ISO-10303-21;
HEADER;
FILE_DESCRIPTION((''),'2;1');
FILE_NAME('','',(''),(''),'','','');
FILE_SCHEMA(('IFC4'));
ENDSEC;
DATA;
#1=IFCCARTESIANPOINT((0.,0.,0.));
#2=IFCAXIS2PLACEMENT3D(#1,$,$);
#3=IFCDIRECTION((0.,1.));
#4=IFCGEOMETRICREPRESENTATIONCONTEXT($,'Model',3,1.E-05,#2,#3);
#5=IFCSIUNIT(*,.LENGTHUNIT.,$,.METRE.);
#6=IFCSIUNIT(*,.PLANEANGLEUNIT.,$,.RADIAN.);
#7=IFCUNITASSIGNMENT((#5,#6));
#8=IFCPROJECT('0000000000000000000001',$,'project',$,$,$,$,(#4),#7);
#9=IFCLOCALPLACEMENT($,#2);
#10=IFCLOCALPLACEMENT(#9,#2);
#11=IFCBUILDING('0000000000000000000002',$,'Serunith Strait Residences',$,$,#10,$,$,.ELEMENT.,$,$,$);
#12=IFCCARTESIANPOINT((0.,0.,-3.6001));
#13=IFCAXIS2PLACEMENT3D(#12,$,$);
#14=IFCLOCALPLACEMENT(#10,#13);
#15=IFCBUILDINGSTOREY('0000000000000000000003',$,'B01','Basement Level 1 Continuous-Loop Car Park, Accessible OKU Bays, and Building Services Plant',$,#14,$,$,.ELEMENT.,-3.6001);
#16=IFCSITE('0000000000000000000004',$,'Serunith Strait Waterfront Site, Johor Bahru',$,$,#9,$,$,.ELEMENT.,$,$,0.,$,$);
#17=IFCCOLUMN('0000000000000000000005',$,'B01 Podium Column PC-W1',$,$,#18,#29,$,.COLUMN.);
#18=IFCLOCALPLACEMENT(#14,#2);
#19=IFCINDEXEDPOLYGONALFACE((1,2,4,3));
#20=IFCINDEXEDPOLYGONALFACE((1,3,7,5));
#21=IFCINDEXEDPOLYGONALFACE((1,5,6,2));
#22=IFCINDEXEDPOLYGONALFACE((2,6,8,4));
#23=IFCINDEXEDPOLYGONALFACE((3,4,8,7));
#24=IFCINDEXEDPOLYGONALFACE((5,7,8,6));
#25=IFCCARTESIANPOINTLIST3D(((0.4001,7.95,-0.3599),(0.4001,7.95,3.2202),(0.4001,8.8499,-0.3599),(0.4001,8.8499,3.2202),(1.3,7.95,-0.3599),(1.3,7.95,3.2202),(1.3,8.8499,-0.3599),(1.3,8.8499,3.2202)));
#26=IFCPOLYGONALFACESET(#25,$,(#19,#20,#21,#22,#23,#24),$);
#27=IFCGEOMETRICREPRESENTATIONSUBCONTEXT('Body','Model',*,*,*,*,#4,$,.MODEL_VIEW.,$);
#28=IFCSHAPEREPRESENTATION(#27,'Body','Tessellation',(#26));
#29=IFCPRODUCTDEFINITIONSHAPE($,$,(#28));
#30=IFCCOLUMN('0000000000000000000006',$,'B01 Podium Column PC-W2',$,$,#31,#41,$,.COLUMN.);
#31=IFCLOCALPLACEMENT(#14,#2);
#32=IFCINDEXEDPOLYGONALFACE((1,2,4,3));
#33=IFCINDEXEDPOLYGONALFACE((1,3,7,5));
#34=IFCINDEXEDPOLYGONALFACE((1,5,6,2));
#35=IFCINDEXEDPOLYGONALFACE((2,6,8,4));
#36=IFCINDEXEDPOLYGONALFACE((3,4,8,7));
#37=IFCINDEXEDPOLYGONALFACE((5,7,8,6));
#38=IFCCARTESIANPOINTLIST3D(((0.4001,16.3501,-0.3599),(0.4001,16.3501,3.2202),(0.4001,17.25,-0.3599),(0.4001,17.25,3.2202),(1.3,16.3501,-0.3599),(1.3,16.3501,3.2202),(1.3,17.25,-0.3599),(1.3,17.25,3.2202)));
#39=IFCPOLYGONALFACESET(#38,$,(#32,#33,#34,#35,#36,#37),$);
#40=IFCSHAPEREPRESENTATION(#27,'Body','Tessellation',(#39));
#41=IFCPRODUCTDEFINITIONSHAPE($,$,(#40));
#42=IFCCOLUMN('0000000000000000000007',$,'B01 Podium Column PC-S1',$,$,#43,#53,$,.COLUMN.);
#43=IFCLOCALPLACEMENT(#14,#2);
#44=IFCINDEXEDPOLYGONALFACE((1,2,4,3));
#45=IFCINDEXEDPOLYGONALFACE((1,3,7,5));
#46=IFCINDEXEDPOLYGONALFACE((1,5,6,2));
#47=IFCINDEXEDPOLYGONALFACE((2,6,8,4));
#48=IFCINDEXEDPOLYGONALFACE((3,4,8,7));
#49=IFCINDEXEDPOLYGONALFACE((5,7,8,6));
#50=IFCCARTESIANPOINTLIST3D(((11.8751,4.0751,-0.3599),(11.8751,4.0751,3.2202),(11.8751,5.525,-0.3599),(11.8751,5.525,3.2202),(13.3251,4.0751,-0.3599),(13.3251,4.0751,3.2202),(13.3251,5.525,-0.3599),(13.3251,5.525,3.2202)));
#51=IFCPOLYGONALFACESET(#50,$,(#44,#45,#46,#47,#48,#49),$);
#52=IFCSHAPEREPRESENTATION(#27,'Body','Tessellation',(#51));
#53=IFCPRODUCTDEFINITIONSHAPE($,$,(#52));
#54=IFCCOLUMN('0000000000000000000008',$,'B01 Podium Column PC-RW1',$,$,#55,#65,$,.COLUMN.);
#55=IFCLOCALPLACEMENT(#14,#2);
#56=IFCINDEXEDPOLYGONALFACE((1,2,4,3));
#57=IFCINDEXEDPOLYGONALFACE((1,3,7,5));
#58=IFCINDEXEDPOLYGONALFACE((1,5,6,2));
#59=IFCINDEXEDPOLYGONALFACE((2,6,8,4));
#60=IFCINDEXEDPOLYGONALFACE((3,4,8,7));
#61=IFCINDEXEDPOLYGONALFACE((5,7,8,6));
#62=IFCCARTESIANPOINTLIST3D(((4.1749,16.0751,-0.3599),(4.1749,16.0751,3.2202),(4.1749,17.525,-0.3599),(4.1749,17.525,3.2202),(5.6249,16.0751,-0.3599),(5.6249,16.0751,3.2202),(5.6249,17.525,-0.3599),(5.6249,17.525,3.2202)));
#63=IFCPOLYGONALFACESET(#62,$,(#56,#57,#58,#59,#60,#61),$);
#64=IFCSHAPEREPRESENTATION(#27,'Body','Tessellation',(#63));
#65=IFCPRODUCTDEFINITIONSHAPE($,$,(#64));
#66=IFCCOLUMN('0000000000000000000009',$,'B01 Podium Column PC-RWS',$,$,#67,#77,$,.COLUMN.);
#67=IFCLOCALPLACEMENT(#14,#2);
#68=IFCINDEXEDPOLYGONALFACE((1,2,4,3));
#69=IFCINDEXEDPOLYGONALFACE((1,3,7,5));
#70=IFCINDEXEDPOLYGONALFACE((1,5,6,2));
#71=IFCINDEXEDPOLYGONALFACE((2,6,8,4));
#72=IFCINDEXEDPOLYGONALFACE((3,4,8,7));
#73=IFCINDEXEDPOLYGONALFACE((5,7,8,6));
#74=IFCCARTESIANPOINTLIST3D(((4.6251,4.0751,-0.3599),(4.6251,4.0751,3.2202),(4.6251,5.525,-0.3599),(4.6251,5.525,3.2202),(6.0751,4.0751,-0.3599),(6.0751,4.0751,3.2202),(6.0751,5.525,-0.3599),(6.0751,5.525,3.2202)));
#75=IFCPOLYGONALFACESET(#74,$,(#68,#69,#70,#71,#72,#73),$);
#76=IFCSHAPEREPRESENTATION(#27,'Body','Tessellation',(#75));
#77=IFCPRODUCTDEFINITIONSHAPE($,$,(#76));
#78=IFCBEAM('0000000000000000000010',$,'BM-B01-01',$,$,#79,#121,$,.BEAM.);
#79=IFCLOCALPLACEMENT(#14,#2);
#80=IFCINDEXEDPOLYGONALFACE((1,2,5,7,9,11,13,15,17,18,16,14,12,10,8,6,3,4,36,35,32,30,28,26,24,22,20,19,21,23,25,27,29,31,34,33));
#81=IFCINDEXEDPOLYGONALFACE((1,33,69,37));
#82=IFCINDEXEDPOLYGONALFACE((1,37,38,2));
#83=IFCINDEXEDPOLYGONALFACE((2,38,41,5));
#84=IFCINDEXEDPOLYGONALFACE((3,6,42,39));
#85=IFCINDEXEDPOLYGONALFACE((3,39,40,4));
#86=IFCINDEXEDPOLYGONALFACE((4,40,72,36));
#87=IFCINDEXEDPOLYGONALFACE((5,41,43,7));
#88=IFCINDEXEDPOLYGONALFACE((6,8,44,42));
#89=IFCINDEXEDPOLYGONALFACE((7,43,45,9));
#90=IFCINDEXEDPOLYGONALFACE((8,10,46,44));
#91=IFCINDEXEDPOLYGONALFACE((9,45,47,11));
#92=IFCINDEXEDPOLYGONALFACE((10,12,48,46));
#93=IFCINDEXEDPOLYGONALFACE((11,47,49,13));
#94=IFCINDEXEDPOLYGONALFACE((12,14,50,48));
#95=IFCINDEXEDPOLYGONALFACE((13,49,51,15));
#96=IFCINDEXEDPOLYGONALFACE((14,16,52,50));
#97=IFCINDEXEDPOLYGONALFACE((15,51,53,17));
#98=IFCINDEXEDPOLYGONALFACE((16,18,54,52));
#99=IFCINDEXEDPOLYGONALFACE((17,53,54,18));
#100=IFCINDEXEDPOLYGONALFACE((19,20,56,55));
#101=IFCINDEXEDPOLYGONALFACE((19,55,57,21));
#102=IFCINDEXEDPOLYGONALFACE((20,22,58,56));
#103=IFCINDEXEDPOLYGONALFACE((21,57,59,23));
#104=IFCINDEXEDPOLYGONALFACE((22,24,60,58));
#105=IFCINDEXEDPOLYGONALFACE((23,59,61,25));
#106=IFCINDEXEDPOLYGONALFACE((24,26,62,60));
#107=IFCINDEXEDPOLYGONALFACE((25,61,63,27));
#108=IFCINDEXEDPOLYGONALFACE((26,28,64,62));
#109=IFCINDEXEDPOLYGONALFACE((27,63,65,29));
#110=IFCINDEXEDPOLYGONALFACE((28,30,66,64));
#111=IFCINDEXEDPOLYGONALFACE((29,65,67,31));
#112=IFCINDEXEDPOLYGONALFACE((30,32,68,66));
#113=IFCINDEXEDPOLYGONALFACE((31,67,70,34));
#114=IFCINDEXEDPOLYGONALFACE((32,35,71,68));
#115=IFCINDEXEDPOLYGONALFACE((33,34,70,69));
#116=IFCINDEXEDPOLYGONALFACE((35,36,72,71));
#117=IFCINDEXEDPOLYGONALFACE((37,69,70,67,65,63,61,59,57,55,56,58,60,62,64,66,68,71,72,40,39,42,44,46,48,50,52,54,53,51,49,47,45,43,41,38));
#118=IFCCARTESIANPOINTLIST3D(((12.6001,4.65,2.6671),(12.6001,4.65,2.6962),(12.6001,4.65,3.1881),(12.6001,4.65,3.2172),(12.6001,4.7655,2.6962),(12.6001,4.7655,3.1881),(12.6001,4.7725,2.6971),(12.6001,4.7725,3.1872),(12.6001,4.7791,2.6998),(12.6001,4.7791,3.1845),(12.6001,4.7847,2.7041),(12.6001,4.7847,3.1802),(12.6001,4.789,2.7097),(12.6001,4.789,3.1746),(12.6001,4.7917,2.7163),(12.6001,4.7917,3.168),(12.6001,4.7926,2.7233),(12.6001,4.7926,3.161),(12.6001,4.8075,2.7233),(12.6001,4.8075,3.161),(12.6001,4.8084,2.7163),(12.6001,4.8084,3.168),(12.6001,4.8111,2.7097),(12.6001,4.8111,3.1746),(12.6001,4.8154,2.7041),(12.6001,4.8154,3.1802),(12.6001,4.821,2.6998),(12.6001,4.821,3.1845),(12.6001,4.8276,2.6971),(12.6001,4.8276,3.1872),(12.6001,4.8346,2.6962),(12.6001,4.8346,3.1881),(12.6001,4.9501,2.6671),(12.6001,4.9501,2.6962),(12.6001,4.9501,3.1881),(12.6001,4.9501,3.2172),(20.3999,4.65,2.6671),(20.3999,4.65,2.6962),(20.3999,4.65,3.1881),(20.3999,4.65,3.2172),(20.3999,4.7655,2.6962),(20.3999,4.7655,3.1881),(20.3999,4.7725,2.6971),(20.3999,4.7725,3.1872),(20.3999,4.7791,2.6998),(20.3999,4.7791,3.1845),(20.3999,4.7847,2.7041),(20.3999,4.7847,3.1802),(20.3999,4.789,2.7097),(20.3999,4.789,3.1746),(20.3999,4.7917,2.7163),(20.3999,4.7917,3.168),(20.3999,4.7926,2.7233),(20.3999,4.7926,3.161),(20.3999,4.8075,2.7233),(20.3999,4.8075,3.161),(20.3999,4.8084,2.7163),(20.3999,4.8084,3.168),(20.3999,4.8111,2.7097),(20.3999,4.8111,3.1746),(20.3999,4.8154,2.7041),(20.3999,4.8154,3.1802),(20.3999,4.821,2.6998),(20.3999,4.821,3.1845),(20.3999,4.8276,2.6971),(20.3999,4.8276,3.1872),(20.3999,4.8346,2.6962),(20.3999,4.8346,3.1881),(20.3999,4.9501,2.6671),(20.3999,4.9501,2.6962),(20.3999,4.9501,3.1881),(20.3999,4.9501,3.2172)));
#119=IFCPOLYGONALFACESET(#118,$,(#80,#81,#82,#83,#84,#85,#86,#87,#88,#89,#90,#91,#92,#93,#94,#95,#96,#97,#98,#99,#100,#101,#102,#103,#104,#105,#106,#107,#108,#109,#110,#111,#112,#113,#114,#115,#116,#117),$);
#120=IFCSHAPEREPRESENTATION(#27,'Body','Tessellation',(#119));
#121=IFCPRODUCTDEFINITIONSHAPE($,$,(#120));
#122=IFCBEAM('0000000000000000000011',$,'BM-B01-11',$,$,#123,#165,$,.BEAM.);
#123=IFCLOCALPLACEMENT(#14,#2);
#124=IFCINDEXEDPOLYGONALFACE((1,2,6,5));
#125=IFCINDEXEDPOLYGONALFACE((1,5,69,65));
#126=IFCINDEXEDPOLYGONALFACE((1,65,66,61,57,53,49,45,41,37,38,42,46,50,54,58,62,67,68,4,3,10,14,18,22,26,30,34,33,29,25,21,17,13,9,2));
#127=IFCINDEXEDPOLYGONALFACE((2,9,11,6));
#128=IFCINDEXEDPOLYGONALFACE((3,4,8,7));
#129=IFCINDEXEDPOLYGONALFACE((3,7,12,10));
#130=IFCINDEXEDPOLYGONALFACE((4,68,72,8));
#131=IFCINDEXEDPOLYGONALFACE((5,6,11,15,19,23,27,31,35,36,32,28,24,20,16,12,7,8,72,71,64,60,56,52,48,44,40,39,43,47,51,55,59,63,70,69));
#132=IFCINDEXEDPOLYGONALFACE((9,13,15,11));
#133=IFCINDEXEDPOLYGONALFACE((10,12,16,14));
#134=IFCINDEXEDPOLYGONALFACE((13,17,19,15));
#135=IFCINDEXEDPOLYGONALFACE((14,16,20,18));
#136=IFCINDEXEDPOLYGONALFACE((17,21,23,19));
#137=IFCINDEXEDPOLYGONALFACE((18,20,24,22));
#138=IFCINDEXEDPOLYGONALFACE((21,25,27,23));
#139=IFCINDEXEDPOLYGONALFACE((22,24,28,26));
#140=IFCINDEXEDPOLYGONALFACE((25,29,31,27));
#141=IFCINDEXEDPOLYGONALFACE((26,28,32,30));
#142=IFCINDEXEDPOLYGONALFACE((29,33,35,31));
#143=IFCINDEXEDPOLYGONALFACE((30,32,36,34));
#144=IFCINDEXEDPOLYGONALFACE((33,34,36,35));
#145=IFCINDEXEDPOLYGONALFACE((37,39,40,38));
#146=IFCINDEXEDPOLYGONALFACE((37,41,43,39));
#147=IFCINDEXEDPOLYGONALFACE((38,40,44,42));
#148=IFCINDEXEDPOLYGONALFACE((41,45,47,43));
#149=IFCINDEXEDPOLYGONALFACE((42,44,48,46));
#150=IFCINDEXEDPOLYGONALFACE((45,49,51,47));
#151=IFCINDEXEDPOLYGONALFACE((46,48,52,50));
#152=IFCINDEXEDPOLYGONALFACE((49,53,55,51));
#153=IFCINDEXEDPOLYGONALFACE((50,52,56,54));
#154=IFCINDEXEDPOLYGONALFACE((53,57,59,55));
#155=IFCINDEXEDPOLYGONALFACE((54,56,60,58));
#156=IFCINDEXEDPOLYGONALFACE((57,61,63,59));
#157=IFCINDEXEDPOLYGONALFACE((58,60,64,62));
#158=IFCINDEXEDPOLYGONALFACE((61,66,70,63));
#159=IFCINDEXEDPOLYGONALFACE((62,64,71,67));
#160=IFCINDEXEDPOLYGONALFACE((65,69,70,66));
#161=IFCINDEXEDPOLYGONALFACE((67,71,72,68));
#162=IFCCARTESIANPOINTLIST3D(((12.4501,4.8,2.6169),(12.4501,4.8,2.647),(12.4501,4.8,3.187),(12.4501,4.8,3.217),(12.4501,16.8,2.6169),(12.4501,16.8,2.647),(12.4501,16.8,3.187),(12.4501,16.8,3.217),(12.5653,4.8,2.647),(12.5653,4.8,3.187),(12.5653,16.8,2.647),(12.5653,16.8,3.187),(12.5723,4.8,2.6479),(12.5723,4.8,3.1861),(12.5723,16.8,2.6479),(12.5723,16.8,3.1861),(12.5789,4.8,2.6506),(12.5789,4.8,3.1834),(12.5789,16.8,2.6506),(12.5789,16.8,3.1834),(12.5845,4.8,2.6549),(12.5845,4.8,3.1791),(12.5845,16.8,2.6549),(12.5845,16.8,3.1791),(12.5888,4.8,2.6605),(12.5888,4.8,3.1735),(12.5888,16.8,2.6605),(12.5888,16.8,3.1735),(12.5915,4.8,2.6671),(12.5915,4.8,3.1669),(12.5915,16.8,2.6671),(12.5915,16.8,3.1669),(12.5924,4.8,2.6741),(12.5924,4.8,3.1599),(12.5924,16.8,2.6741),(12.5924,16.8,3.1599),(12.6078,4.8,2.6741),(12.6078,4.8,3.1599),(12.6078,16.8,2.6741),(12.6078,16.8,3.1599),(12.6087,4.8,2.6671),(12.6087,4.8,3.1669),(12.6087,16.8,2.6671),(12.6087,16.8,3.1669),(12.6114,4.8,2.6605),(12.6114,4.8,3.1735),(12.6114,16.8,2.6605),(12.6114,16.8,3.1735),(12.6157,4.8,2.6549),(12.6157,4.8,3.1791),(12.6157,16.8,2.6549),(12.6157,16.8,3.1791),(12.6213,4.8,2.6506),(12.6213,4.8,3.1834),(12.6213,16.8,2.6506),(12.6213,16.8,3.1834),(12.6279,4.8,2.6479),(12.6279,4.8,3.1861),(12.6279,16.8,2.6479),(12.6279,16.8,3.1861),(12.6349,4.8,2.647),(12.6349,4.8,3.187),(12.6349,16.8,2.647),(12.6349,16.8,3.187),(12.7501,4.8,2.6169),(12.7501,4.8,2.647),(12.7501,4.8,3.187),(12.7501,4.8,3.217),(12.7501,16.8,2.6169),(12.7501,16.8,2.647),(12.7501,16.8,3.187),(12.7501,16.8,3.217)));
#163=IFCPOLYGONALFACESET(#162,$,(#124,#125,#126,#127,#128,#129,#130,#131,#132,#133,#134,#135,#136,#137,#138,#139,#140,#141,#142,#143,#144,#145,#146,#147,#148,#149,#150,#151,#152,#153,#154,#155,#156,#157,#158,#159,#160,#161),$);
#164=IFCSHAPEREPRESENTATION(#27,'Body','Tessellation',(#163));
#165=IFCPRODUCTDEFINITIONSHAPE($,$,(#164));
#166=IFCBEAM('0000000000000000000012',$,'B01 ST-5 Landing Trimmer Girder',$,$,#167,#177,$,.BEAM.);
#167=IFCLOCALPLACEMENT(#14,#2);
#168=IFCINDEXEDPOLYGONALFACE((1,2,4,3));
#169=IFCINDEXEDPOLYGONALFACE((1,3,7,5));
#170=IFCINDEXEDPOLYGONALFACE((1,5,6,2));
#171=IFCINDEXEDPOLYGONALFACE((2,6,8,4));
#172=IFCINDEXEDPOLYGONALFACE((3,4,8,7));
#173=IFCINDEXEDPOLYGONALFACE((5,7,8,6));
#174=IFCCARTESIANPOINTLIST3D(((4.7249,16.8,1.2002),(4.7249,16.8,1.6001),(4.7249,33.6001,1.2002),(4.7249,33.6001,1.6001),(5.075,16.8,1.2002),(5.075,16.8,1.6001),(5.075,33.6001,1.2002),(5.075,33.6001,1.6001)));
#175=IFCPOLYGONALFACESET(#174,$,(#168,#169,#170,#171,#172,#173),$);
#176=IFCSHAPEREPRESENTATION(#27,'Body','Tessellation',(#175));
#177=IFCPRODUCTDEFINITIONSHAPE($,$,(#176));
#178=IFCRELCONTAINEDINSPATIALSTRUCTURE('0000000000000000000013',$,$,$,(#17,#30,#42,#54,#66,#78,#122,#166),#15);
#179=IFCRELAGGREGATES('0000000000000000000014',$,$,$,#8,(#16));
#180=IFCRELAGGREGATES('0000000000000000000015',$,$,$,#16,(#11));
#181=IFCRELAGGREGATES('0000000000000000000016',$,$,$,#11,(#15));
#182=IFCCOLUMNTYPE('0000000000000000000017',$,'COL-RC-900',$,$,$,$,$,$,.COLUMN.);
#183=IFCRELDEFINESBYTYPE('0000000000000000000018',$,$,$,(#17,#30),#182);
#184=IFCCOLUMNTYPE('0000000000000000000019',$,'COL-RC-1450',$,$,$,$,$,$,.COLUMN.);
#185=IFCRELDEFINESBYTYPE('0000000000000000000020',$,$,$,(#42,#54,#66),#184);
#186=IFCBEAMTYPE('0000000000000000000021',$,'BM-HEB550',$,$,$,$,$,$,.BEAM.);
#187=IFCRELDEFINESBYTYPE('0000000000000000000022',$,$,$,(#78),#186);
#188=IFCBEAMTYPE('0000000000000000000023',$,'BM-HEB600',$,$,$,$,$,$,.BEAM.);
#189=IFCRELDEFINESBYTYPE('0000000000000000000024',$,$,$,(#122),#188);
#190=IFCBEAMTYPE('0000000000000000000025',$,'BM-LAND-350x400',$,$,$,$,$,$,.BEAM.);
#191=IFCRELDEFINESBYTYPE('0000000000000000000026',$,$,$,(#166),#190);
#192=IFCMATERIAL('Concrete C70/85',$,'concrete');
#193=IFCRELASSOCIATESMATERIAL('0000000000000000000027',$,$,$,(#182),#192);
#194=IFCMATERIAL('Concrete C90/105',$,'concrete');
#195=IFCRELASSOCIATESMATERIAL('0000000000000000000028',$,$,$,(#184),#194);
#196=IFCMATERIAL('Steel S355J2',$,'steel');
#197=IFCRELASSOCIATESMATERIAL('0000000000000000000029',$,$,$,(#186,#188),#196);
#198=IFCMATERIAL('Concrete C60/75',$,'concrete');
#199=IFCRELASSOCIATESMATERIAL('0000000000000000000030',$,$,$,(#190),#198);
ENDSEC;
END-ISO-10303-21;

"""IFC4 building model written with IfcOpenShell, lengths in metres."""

from ifc_helpers import new_model, si_unit, direction, frame, origin, origin_2d, place, context, subcontext, project, spatial, rectangle, i_section, extrude, source, transform, mapped, material, material_profile, profile_set, type_object, element, save


model = new_model("IFC4")

# Units and contexts
model_context = context("Model", 3, precision=1e-05, world=origin(), true_north=direction((0.0, 1.0)))
body_context = subcontext(model_context, "Body", "Model", "MODEL_VIEW")
ifc_project = project(units=[si_unit("LENGTHUNIT", "METRE"), si_unit("PLANEANGLEUNIT", "RADIAN")], contexts=[model_context])

# Site, building, storey
site_placement = place(None, origin())
site = spatial("IfcSite", under=ifc_project, at=site_placement, Name="Serunith Strait Waterfront Site, Johor Bahru", CompositionType="ELEMENT", RefElevation=0.0)
building_placement = place(site_placement, origin())
building = spatial("IfcBuilding", under=site, at=building_placement, Name="Serunith Strait Residences", CompositionType="ELEMENT")
storey_placement = place(building_placement, frame((0.0, 0.0, -3.6001)))
storey = spatial("IfcBuildingStorey", under=building, at=storey_placement, Name="B01", Description="Basement Level 1 Continuous-Loop Car Park, Accessible OKU Bays, and Building Services Plant", CompositionType="ELEMENT", Elevation=-3.6001)

# Columns
ifc_material_1 = material(Name="Concrete C70/85", Category="concrete")
ifc_material_profile_1 = material_profile(ifc_material_1, rectangle(XDim=0.8999, YDim=0.8999, at=origin_2d()), Name="RC 900x900")
ifc_profile_set_1 = profile_set([ifc_material_profile_1], Name="Concrete C70/85")
column_type_1 = type_object("IfcColumnType", Name="COL-RC-900", PredefinedType="COLUMN", material=ifc_profile_set_1)
shared_shape_1 = source(origin(), body_context, "Body", "SweptSolid", [
    extrude(rectangle(XDim=0.8999, YDim=0.8999, at=origin_2d()), origin(), (0.0, 0.0, 1.0), 3.5801),
])
for number, where, z_axis, x_axis, name in (
    (1, (0.8501, 8.3999, -0.3599), (0.0, 0.0, 1.0), (1.0, 0.0, 0.0), "B01 Podium Column PC-W1"),
    (2, (0.8501, 16.8, -0.3599), (0.0, 0.0, 1.0), (1.0, 0.0, 0.0), "B01 Podium Column PC-W2"),
):
    element("IfcColumn", number, at=place(storey_placement, frame(where, z_axis=z_axis, x_axis=x_axis)), inside=storey, type_object=column_type_1, Name=name, PredefinedType="COLUMN", context=body_context, shape_type="MappedRepresentation", body=[
        mapped(shared_shape_1, transform((0.0, 0.0, 0.0), scale=1.0)),
    ])
ifc_material_2 = material(Name="Concrete C90/105", Category="concrete")
ifc_material_profile_2 = material_profile(ifc_material_2, rectangle(XDim=1.45, YDim=1.45, at=origin_2d()), Name="RC 1450x1450")
ifc_profile_set_2 = profile_set([ifc_material_profile_2], Name="Concrete C90/105")
column_type_2 = type_object("IfcColumnType", Name="COL-RC-1450", PredefinedType="COLUMN", material=ifc_profile_set_2)
shared_shape_2 = source(origin(), body_context, "Body", "SweptSolid", [
    extrude(rectangle(XDim=1.45, YDim=1.45, at=origin_2d()), origin(), (0.0, 0.0, 1.0), 3.5801),
])
for number, where, z_axis, x_axis, name in (
    (3, (12.6001, 4.8, -0.3599), (0.0, 0.0, 1.0), (1.0, 0.0, 0.0), "B01 Podium Column PC-S1"),
    (4, (4.8999, 16.8, -0.3599), (0.0, 0.0, 1.0), (1.0, 0.0, 0.0), "B01 Podium Column PC-RW1"),
    (5, (5.3501, 4.8, -0.3599), (0.0, 0.0, 1.0), (1.0, 0.0, 0.0), "B01 Podium Column PC-RWS"),
):
    element("IfcColumn", number, at=place(storey_placement, frame(where, z_axis=z_axis, x_axis=x_axis)), inside=storey, type_object=column_type_2, Name=name, PredefinedType="COLUMN", context=body_context, shape_type="MappedRepresentation", body=[
        mapped(shared_shape_2, transform((0.0, 0.0, 0.0), scale=1.0)),
    ])

# Beams
ifc_material_3 = material(Name="Steel S355J2", Category="steel")
ifc_material_profile_3 = material_profile(ifc_material_3, i_section(OverallWidth=0.3, OverallDepth=0.55, WebThickness=0.0149, FlangeThickness=0.0291, FilletRadius=0.0271, at=origin_2d()), Name="HEB 550")
ifc_profile_set_3 = profile_set([ifc_material_profile_3], Name="Steel S355J2")
beam_type_1 = type_object("IfcBeamType", Name="BM-HEB550", PredefinedType="BEAM", material=ifc_profile_set_3)
shared_shape_3 = source(origin(), body_context, "Body", "SweptSolid", [
    extrude(i_section(OverallWidth=0.3, OverallDepth=0.55, WebThickness=0.0149, FlangeThickness=0.0291, FilletRadius=0.0271, at=origin_2d()), origin(), (0.0, 0.0, 1.0), 7.7998),
])
beam_1_placement = place(storey_placement, frame((12.6001, 4.8, 2.9421), z_axis=(1.0, 0.0, 0.0), x_axis=(0.0, 1.0, 0.0)))
element("IfcBeam", 6, at=beam_1_placement, inside=storey, type_object=beam_type_1, Name="BM-B01-01", PredefinedType="BEAM", context=body_context, shape_type="MappedRepresentation", body=[
    mapped(shared_shape_3, transform((0.0, 0.0, 0.0), scale=1.0)),
])
ifc_material_profile_4 = material_profile(ifc_material_3, i_section(OverallWidth=0.3, OverallDepth=0.6001, WebThickness=0.0154, FlangeThickness=0.03, FilletRadius=0.0271, at=origin_2d()), Name="HEB 600")
ifc_profile_set_4 = profile_set([ifc_material_profile_4], Name="Steel S355J2")
beam_type_2 = type_object("IfcBeamType", Name="BM-HEB600", PredefinedType="BEAM", material=ifc_profile_set_4)
shared_shape_4 = source(origin(), body_context, "Body", "SweptSolid", [
    extrude(i_section(OverallWidth=0.3, OverallDepth=0.6001, WebThickness=0.0154, FlangeThickness=0.03, FilletRadius=0.0271, at=origin_2d()), origin(), (0.0, 0.0, 1.0), 12.0),
])
beam_2_placement = place(storey_placement, frame((12.6001, 4.8, 2.917), z_axis=(0.0, 1.0, 0.0), x_axis=(-1.0, 0.0, 0.0)))
element("IfcBeam", 7, at=beam_2_placement, inside=storey, type_object=beam_type_2, Name="BM-B01-11", PredefinedType="BEAM", context=body_context, shape_type="MappedRepresentation", body=[
    mapped(shared_shape_4, transform((0.0, 0.0, 0.0), scale=1.0)),
])
ifc_material_4 = material(Name="Concrete C60/75", Category="concrete")
ifc_material_profile_5 = material_profile(ifc_material_4, rectangle(XDim=0.3501, YDim=0.3999, at=origin_2d()), Name="RC 350x400")
ifc_profile_set_5 = profile_set([ifc_material_profile_5], Name="Concrete C60/75")
beam_type_3 = type_object("IfcBeamType", Name="BM-LAND-350x400", PredefinedType="BEAM", material=ifc_profile_set_5)
shared_shape_5 = source(origin(), body_context, "Body", "SweptSolid", [
    extrude(rectangle(XDim=0.3501, YDim=0.3999, at=origin_2d()), origin(), (0.0, 0.0, 1.0), 16.8),
])
beam_3_placement = place(storey_placement, frame((4.8999, 16.8, 1.4001), z_axis=(0.0, 1.0, 0.0), x_axis=(-1.0, 0.0, 0.0)))
element("IfcBeam", 8, at=beam_3_placement, inside=storey, type_object=beam_type_3, Name="B01 ST-5 Landing Trimmer Girder", PredefinedType="BEAM", context=body_context, shape_type="MappedRepresentation", body=[
    mapped(shared_shape_5, transform((0.0, 0.0, 0.0), scale=1.0)),
])

save(model, "model.ifc")
